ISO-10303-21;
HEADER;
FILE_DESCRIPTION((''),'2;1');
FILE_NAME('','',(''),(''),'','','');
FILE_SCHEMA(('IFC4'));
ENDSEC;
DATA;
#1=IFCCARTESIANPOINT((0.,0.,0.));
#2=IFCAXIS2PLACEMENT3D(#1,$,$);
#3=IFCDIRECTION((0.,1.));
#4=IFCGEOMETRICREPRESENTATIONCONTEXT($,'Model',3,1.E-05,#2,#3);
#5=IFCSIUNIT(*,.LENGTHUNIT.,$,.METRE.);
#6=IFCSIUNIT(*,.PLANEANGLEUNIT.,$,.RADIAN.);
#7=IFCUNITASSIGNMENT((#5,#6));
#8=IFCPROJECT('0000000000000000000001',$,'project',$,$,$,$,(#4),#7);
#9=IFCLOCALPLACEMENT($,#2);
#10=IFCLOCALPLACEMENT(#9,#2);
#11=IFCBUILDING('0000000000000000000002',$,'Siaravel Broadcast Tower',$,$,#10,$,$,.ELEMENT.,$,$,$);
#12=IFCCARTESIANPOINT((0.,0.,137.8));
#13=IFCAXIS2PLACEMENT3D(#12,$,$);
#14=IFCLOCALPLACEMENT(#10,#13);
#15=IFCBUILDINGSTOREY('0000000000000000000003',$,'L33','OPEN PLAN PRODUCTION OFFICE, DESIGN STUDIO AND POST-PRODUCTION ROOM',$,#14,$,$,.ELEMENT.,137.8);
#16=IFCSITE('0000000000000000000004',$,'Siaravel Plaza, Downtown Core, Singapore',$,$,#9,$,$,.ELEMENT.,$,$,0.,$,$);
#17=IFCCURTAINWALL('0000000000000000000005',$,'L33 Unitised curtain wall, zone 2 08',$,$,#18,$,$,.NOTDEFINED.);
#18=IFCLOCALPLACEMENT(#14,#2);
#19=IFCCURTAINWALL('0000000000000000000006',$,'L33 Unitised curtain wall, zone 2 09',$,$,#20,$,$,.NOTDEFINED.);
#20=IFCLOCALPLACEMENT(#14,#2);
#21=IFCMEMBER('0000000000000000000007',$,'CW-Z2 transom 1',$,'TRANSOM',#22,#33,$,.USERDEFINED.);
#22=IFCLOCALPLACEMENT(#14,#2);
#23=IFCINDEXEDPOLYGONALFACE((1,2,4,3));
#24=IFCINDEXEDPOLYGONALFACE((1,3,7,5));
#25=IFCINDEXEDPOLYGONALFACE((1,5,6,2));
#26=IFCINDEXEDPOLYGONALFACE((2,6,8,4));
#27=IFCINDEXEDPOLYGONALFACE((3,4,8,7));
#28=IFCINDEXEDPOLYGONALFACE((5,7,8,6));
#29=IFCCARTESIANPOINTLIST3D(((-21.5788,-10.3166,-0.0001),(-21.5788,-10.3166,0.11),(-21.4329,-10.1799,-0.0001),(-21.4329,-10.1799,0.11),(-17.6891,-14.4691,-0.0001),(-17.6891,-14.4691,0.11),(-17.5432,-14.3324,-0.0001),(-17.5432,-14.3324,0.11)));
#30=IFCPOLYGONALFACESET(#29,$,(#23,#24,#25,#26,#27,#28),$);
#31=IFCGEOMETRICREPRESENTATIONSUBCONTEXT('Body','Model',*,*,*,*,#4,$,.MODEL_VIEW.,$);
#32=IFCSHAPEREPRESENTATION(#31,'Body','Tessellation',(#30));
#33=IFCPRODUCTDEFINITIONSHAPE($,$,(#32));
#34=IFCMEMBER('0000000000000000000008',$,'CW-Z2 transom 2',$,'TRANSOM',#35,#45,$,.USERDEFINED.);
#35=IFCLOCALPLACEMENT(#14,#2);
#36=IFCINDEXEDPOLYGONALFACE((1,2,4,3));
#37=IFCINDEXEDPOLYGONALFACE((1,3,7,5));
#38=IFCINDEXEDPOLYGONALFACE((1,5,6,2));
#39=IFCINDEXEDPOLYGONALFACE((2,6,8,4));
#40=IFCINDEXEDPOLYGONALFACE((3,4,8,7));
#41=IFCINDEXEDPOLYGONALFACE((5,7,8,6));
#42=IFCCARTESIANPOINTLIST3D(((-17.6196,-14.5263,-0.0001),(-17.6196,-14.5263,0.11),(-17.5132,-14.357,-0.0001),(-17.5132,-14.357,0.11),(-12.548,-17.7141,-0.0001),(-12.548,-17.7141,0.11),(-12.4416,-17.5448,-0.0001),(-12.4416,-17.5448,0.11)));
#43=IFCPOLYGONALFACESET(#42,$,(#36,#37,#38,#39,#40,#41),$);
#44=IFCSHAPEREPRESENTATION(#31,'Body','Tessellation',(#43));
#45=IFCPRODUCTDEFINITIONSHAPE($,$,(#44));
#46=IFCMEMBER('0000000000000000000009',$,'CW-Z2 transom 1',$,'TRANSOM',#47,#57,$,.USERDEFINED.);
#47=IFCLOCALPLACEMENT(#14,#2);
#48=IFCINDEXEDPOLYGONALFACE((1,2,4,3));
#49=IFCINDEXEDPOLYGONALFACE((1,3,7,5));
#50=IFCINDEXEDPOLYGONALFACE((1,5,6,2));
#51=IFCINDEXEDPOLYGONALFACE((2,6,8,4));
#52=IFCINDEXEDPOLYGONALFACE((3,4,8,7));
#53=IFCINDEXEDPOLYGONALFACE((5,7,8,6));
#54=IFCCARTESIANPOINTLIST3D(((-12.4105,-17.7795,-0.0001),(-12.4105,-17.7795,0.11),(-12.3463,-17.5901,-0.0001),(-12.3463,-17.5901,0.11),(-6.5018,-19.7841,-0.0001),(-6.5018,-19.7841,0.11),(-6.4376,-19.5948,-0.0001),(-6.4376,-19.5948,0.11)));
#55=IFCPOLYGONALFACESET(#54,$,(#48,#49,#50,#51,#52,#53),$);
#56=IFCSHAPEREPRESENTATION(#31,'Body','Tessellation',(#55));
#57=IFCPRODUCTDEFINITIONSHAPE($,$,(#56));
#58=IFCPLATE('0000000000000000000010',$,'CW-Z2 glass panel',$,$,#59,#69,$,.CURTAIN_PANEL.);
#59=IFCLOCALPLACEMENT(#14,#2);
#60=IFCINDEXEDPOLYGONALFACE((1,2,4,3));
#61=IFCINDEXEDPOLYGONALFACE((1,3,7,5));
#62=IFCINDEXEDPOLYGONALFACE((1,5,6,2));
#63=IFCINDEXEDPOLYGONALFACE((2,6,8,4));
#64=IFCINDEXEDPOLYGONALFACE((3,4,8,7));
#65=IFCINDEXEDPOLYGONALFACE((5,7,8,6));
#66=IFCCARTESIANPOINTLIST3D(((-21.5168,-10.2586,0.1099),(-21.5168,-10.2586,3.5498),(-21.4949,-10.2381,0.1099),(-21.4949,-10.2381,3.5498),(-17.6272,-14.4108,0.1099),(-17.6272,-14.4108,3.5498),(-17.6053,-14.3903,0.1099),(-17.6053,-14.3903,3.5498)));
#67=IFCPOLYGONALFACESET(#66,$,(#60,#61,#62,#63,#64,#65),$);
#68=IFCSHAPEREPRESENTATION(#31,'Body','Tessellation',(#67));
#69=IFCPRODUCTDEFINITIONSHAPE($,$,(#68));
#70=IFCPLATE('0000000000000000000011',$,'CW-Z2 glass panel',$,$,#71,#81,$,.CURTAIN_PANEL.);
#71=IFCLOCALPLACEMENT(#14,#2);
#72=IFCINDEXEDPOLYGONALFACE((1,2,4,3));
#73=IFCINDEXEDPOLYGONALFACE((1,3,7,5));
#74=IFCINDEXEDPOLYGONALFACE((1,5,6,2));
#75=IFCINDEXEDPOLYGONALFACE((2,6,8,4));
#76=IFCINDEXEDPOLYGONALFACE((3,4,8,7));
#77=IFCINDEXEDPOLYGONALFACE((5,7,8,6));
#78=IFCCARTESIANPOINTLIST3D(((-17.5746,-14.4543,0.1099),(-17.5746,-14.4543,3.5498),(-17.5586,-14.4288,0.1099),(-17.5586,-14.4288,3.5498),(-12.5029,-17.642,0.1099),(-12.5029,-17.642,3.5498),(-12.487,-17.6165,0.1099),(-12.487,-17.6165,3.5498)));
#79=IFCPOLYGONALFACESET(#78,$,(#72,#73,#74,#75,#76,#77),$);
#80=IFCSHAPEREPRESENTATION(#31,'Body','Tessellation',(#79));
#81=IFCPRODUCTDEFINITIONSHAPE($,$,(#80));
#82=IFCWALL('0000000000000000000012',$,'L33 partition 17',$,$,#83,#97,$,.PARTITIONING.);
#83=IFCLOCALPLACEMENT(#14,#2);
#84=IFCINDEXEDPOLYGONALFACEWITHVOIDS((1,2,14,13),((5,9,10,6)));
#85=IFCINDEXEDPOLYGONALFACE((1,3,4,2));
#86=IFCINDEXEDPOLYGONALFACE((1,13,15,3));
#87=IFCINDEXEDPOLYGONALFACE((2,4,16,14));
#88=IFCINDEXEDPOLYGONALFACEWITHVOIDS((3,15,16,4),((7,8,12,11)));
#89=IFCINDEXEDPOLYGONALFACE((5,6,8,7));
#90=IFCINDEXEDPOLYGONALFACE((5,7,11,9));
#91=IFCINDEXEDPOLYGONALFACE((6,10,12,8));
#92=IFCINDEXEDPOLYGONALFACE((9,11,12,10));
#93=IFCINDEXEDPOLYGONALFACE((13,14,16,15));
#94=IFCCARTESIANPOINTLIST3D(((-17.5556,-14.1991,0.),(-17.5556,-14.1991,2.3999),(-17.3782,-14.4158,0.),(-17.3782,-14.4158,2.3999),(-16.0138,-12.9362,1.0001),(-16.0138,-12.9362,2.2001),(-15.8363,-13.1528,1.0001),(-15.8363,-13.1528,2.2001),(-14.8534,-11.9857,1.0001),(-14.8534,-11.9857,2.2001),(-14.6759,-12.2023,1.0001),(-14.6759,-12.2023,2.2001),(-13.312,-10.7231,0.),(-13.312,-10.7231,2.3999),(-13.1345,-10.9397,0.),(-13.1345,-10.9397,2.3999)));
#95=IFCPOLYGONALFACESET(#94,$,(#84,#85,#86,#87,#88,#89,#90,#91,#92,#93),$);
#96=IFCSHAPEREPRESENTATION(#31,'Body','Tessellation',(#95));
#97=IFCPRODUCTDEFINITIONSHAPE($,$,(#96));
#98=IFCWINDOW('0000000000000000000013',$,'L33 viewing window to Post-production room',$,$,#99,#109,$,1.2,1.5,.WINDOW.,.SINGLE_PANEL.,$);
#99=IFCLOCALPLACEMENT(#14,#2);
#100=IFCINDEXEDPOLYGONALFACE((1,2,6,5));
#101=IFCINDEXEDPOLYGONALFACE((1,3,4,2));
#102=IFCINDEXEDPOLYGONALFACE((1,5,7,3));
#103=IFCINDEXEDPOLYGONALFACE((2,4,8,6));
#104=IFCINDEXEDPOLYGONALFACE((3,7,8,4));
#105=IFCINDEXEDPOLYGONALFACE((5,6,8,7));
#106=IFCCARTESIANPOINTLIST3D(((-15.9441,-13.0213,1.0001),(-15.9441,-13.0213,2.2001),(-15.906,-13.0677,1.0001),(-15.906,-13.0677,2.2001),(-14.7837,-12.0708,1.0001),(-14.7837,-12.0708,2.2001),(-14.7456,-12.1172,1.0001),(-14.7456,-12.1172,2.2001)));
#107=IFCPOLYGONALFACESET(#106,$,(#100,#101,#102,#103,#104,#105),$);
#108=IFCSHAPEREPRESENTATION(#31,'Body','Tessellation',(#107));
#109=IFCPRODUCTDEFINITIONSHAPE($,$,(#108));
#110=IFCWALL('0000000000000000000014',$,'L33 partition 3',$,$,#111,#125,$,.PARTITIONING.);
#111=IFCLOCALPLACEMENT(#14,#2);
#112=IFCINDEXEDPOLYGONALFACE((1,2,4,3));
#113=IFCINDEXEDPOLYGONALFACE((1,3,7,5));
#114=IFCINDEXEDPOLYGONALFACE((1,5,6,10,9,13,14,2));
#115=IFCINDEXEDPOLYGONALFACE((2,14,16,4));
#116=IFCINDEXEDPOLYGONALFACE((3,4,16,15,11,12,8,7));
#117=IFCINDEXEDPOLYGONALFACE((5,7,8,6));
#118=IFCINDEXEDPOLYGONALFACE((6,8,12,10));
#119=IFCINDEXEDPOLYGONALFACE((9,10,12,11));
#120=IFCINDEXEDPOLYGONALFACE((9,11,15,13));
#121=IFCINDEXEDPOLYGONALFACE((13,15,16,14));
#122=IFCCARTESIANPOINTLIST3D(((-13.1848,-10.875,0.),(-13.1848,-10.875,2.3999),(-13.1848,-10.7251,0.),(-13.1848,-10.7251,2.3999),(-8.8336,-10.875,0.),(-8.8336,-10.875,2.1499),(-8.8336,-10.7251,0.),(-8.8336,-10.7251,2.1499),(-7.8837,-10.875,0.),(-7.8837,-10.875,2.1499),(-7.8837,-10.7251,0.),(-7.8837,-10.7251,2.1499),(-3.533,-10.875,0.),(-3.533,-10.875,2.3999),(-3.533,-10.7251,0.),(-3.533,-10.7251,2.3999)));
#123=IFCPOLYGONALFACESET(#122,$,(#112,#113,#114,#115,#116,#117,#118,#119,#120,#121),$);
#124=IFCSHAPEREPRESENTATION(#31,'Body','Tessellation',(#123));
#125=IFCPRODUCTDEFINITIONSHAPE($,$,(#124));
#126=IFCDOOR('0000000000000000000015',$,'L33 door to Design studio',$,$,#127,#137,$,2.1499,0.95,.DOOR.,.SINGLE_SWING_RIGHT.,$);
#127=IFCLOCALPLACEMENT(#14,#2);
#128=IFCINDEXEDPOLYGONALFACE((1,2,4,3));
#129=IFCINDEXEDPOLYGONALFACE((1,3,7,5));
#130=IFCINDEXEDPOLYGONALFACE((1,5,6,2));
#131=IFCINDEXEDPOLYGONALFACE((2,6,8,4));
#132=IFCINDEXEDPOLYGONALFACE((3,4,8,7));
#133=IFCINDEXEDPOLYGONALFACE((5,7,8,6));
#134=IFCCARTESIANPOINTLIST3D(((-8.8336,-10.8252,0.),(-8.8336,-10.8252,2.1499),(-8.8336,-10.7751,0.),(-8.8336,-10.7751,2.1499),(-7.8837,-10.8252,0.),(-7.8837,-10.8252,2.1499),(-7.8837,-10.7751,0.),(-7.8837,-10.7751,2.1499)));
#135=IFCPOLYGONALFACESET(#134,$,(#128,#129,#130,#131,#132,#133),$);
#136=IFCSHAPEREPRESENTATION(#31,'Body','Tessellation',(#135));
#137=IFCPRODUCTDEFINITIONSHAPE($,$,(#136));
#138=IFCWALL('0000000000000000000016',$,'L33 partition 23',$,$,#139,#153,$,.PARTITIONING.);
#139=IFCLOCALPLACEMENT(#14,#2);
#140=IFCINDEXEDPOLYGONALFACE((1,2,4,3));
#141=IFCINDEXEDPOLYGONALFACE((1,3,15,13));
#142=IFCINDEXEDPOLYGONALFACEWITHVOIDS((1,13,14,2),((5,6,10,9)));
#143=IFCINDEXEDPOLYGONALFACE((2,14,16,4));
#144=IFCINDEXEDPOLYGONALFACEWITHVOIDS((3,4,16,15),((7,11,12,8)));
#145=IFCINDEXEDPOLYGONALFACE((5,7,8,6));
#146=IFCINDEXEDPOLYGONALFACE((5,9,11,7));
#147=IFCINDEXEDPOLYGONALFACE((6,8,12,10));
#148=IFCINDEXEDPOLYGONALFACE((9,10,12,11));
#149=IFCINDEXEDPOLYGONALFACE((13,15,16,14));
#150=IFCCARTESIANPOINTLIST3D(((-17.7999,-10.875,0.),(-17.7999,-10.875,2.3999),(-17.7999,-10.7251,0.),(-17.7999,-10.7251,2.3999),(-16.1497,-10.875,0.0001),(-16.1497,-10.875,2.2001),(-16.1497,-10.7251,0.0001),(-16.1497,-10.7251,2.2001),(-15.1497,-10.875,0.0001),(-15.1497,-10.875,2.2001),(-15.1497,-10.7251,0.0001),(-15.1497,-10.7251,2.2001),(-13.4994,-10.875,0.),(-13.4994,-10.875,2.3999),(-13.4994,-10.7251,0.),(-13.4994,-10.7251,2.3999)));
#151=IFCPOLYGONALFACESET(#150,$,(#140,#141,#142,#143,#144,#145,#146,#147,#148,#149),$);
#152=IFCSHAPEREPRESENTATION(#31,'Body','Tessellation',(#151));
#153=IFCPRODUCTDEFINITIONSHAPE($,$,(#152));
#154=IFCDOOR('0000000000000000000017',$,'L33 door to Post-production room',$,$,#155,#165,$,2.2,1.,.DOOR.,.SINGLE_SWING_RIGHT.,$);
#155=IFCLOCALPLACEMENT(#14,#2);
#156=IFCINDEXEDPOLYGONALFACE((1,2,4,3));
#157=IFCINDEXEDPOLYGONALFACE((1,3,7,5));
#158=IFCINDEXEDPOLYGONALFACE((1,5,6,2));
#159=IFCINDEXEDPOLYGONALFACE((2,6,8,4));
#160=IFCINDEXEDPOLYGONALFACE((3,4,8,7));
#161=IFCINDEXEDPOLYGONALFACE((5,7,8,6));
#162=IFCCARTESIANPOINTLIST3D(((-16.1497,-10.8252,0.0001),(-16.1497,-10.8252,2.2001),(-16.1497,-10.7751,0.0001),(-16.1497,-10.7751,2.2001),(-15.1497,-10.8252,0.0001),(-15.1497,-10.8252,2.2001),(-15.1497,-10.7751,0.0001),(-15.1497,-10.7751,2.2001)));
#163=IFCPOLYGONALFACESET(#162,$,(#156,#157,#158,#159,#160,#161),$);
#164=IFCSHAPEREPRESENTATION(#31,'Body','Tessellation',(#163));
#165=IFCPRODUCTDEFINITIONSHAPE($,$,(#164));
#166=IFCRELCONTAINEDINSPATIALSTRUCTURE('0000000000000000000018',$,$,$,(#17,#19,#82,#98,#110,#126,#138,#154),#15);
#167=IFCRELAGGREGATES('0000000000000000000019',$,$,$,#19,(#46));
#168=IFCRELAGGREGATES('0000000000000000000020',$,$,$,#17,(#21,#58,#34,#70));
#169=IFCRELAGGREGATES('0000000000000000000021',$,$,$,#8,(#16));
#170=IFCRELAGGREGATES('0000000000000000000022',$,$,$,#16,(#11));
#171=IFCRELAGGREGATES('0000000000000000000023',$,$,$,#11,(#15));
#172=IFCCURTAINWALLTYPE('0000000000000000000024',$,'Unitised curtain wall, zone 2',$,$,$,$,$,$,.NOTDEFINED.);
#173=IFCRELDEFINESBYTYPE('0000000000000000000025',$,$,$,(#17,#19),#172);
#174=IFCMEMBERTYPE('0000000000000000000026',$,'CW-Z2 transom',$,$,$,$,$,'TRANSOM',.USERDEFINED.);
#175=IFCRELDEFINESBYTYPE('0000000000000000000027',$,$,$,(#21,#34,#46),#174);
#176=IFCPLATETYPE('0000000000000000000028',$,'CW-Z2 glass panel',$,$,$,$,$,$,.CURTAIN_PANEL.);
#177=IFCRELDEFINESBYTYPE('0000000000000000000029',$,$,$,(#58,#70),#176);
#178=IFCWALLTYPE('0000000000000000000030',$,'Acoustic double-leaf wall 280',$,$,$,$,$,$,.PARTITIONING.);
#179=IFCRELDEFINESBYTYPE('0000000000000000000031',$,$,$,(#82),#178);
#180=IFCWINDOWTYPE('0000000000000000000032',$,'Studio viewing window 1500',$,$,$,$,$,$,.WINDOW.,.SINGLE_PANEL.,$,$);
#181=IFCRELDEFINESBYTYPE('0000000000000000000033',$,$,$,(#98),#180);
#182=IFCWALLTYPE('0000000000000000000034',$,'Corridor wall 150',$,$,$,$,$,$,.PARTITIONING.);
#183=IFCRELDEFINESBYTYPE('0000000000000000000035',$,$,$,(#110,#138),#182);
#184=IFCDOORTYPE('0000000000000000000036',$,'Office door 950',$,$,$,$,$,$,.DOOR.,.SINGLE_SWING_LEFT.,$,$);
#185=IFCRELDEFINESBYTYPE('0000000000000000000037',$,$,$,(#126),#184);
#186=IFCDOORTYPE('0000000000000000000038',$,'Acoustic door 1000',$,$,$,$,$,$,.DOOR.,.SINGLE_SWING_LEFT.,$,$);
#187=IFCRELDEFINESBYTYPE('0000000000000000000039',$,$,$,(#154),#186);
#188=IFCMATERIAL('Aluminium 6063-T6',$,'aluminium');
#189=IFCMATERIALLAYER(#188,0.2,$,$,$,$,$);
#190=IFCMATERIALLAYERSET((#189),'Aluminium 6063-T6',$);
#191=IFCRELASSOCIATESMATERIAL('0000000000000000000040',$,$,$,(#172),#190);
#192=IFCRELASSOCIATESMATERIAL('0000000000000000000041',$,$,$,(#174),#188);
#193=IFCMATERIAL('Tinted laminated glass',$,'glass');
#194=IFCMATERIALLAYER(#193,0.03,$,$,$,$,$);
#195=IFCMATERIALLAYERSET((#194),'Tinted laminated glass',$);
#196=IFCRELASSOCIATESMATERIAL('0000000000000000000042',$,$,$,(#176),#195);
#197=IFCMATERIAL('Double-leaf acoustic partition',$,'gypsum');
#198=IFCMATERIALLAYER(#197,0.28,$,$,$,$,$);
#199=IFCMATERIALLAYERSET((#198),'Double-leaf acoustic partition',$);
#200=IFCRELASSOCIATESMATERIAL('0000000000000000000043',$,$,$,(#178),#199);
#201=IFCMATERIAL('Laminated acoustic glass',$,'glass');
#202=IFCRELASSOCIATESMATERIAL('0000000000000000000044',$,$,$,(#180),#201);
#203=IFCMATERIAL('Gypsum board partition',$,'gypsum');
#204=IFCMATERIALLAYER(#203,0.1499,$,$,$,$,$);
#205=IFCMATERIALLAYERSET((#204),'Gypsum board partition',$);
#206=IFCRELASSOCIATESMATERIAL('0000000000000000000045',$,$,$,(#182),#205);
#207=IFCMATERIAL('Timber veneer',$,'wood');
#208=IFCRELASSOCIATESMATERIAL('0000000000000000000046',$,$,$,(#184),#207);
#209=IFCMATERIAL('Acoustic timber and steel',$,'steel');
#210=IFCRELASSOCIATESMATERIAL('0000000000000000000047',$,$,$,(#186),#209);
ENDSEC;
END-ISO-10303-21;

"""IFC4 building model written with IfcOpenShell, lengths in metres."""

from ifc_helpers import new_model, si_unit, direction, frame, frame_2d, origin, origin_2d, place, context, subcontext, project, spatial, rectangle, extrude, material, layer, layer_set, material_profile, profile_set, type_object, element, fill, aggregate, save


model = new_model("IFC4")

# Units and contexts
model_context = context("Model", 3, precision=1e-05, world=origin(), true_north=direction((0.0, 1.0)))
body_context = subcontext(model_context, "Body", "Model", "MODEL_VIEW")
ifc_project = project(units=[si_unit("LENGTHUNIT", "METRE"), si_unit("PLANEANGLEUNIT", "RADIAN")], contexts=[model_context])

# Site, building, storey
site_placement = place(None, origin())
site = spatial("IfcSite", under=ifc_project, at=site_placement, Name="Siaravel Plaza, Downtown Core, Singapore", CompositionType="ELEMENT", RefElevation=0.0)
building_placement = place(site_placement, origin())
building = spatial("IfcBuilding", under=site, at=building_placement, Name="Siaravel Broadcast Tower", CompositionType="ELEMENT")
storey_placement = place(building_placement, frame((0.0, 0.0, 137.8)))
storey = spatial("IfcBuildingStorey", under=building, at=storey_placement, Name="L33", Description="OPEN PLAN PRODUCTION OFFICE, DESIGN STUDIO AND POST-PRODUCTION ROOM", CompositionType="ELEMENT", Elevation=137.8)

# Curtain wall
ifc_material_1 = material(Name="Aluminium 6063-T6", Category="aluminium")
ifc_layer_1 = layer(ifc_material_1, 0.2)
ifc_layer_set_1 = layer_set([ifc_layer_1], Name="Aluminium 6063-T6")
curtain_wall_type = type_object("IfcCurtainWallType", Name="Unitised curtain wall, zone 2", PredefinedType="NOTDEFINED", material=ifc_layer_set_1)
curtain_wall_1_placement = place(storey_placement, origin())
curtain_wall_1 = element("IfcCurtainWall", 1, at=curtain_wall_1_placement, inside=storey, type_object=curtain_wall_type, Name="L33 Unitised curtain wall, zone 2 08", PredefinedType="NOTDEFINED")

# Curtain wall
curtain_wall_2_placement = place(storey_placement, origin())
curtain_wall_2 = element("IfcCurtainWall", 2, at=curtain_wall_2_placement, inside=storey, type_object=curtain_wall_type, Name="L33 Unitised curtain wall, zone 2 09", PredefinedType="NOTDEFINED")

# Members
ifc_material_profile_1 = material_profile(ifc_material_1, rectangle(XDim=0.2, YDim=0.1101, at=origin_2d()))
ifc_profile_set_1 = profile_set([ifc_material_profile_1], Name="Aluminium 6063-T6")
member_type_1 = type_object("IfcMemberType", Name="CW-Z2 transom", ElementType="TRANSOM", PredefinedType="USERDEFINED", material=ifc_profile_set_1)
member_1_placement = place(storey_placement, frame((-21.5059, -10.2483, 0.0549), z_axis=(0.683644, -0.729815, 0.0), x_axis=(0.729815, 0.683644, 0.0)))
member_1 = element("IfcMember", 3, at=member_1_placement, type_object=member_type_1, Name="CW-Z2 transom 1", ObjectType="TRANSOM", PredefinedType="USERDEFINED", context=body_context, shape_type="SweptSolid", body=[
    extrude(rectangle(XDim=0.2, YDim=0.1101, at=origin_2d()), origin(), (0.0, 0.0, 1.0), 5.6897),
])
member_2_placement = place(storey_placement, frame((-17.5664, -14.4417, 0.0549), z_axis=(0.846642, -0.532162, 0.0), x_axis=(0.532162, 0.846642, 0.0)))
member_2 = element("IfcMember", 4, at=member_2_placement, type_object=member_type_1, Name="CW-Z2 transom 2", ObjectType="TRANSOM", PredefinedType="USERDEFINED", context=body_context, shape_type="SweptSolid", body=[
    extrude(rectangle(XDim=0.2, YDim=0.1101, at=origin_2d()), origin(), (0.0, 0.0, 1.0), 5.9902),
])
member_3_placement = place(storey_placement, frame((-12.3784, -17.6848, 0.0549), z_axis=(0.946983, -0.321283, 0.0), x_axis=(0.321283, 0.946983, 0.0)))
member_3 = element("IfcMember", 5, at=member_3_placement, type_object=member_type_1, Name="CW-Z2 transom 1", ObjectType="TRANSOM", PredefinedType="USERDEFINED", context=body_context, shape_type="SweptSolid", body=[
    extrude(rectangle(XDim=0.2, YDim=0.1101, at=origin_2d()), origin(), (0.0, 0.0, 1.0), 6.2395),
])
aggregate(curtain_wall_2, [member_3])

# Plates
ifc_material_2 = material(Name="Tinted laminated glass", Category="glass")
ifc_layer_2 = layer(ifc_material_2, 0.03)
ifc_layer_set_2 = layer_set([ifc_layer_2], Name="Tinted laminated glass")
plate_type = type_object("IfcPlateType", Name="CW-Z2 glass panel", PredefinedType="CURTAIN_PANEL", material=ifc_layer_set_2)
plate_1_placement = place(storey_placement, frame((-19.561, -12.3245, 0.1099), z_axis=(0.0, 0.0, 1.0), x_axis=(0.683653, -0.729807, 0.0)))
plate_1 = element("IfcPlate", 6, at=plate_1_placement, type_object=plate_type, Name="CW-Z2 glass panel", PredefinedType="CURTAIN_PANEL", context=body_context, shape_type="SweptSolid", body=[
    extrude(rectangle(XDim=5.6895, YDim=0.03, at=origin_2d()), origin(), (0.0, 0.0, 1.0), 3.4399),
])
plate_2_placement = place(storey_placement, frame((-15.0308, -16.0354, 0.1099), z_axis=(0.0, 0.0, 1.0), x_axis=(0.846649, -0.532151, 0.0)))
plate_2 = element("IfcPlate", 7, at=plate_2_placement, type_object=plate_type, Name="CW-Z2 glass panel", PredefinedType="CURTAIN_PANEL", context=body_context, shape_type="SweptSolid", body=[
    extrude(rectangle(XDim=5.9902, YDim=0.03, at=origin_2d()), origin(), (0.0, 0.0, 1.0), 3.4399),
])
aggregate(curtain_wall_1, [member_1, plate_1, member_2, plate_2])

# Wall, opening, window
ifc_material_3 = material(Name="Double-leaf acoustic partition", Category="gypsum")
ifc_layer_3 = layer(ifc_material_3, 0.28)
ifc_layer_set_3 = layer_set([ifc_layer_3], Name="Double-leaf acoustic partition")
wall_type_1 = type_object("IfcWallType", Name="Acoustic double-leaf wall 280", PredefinedType="PARTITIONING", material=ifc_layer_set_3)
wall_1_placement = place(storey_placement, frame((-17.4668, -14.3074, 0.0), z_axis=(0.0, 0.0, 1.0), x_axis=(0.7736, 0.633674, 0.0)))
wall_1 = element("IfcWall", 8, at=wall_1_placement, inside=storey, type_object=wall_type_1, Name="L33 partition 17", PredefinedType="PARTITIONING", context=body_context, shape_type="SweptSolid", body=[
    extrude(rectangle(XDim=5.4856, YDim=0.28, at=frame_2d((2.7427, 0.0))), origin(), (0.0, 0.0, 1.0), 2.3999),
])
opening_1_placement = place(wall_1_placement, frame((1.9929, 0.0, 1.0)))
opening_1 = element("IfcOpeningElement", 9, at=opening_1_placement, cuts=wall_1, PredefinedType="OPENING", context=body_context, shape_type="SweptSolid", body=[
    extrude(rectangle(XDim=1.5, YDim=1.2, at=frame_2d((0.75, 0.6001))), frame((0.0, 0.1499, 0.0), z_axis=(0.0, -1.0, 0.0), x_axis=(1.0, 0.0, 0.0)), (0.0, 0.0, 1.0), 0.3),
])
ifc_material_4 = material(Name="Laminated acoustic glass", Category="glass")
window_type = type_object("IfcWindowType", Name="Studio viewing window 1500", PartitioningType="SINGLE_PANEL", PredefinedType="WINDOW", material=ifc_material_4)
window_placement = place(opening_1_placement, origin())
window = element("IfcWindow", 10, at=window_placement, inside=storey, type_object=window_type, Name="L33 viewing window to Post-production room", OverallHeight=1.2, OverallWidth=1.5, PartitioningType="SINGLE_PANEL", PredefinedType="WINDOW", context=body_context, shape_type="SweptSolid", body=[
    extrude(rectangle(XDim=1.5, YDim=1.2, at=frame_2d((0.75, 0.6001))), frame((0.0, 0.03, 0.0), z_axis=(0.0, -1.0, 0.0), x_axis=(1.0, 0.0, 0.0)), (0.0, 0.0, 1.0), 0.0601),
])
fill(opening_1, window)

# Walls, openings, doors
ifc_material_5 = material(Name="Gypsum board partition", Category="gypsum")
ifc_layer_4 = layer(ifc_material_5, 0.1499)
ifc_layer_set_4 = layer_set([ifc_layer_4], Name="Gypsum board partition")
wall_type_2 = type_object("IfcWallType", Name="Corridor wall 150", PredefinedType="PARTITIONING", material=ifc_layer_set_4)
wall_2_placement = place(storey_placement, frame((-13.1848, -10.8, 0.0), z_axis=(0.0, 0.0, 1.0), x_axis=(1.0, 0.0, 0.0)))
wall_2 = element("IfcWall", 11, at=wall_2_placement, inside=storey, type_object=wall_type_2, Name="L33 partition 3", PredefinedType="PARTITIONING", context=body_context, shape_type="SweptSolid", body=[
    extrude(rectangle(XDim=9.6519, YDim=0.1499, at=frame_2d((4.8259, 0.0))), origin(), (0.0, 0.0, 1.0), 2.3999),
])
opening_2_placement = place(wall_2_placement, frame((4.3511, 0.0, 0.0)))
opening_2 = element("IfcOpeningElement", 12, at=opening_2_placement, cuts=wall_2, PredefinedType="OPENING", context=body_context, shape_type="SweptSolid", body=[
    extrude(rectangle(XDim=0.95, YDim=2.1499, at=frame_2d((0.4751, 1.075))), frame((0.0, 0.085, 0.0), z_axis=(0.0, -1.0, 0.0), x_axis=(1.0, 0.0, 0.0)), (0.0, 0.0, 1.0), 0.1699),
])
ifc_material_6 = material(Name="Timber veneer", Category="wood")
door_type_1 = type_object("IfcDoorType", Name="Office door 950", OperationType="SINGLE_SWING_LEFT", PredefinedType="DOOR", material=ifc_material_6)
door_1_placement = place(opening_2_placement, origin())
door_1 = element("IfcDoor", 13, at=door_1_placement, inside=storey, type_object=door_type_1, Name="L33 door to Design studio", OperationType="SINGLE_SWING_RIGHT", OverallHeight=2.1499, OverallWidth=0.95, PredefinedType="DOOR", context=body_context, shape_type="SweptSolid", body=[
    extrude(rectangle(XDim=0.95, YDim=2.1499, at=frame_2d((0.4751, 1.075))), frame((0.0, 0.0249, 0.0), z_axis=(0.0, -1.0, 0.0), x_axis=(1.0, 0.0, 0.0)), (0.0, 0.0, 1.0), 0.05),
])
fill(opening_2, door_1)
wall_3_placement = place(storey_placement, frame((-17.8, -10.8, 0.0), z_axis=(0.0, 0.0, 1.0), x_axis=(1.0, 0.0, 0.0)))
wall_3 = element("IfcWall", 14, at=wall_3_placement, inside=storey, type_object=wall_type_2, Name="L33 partition 23", PredefinedType="PARTITIONING", context=body_context, shape_type="SweptSolid", body=[
    extrude(rectangle(XDim=4.3005, YDim=0.1499, at=frame_2d((2.1504, 0.0))), origin(), (0.0, 0.0, 1.0), 2.3999),
])
opening_3_placement = place(wall_3_placement, frame((1.6504, 0.0, 0.0)))
opening_3 = element("IfcOpeningElement", 15, at=opening_3_placement, cuts=wall_3, PredefinedType="OPENING", context=body_context, shape_type="SweptSolid", body=[
    extrude(rectangle(XDim=1.0, YDim=2.2, at=frame_2d((0.5, 1.1001))), frame((0.0, 0.085, 0.0), z_axis=(0.0, -1.0, 0.0), x_axis=(1.0, 0.0, 0.0)), (0.0, 0.0, 1.0), 0.1699),
])
ifc_material_7 = material(Name="Acoustic timber and steel", Category="steel")
door_type_2 = type_object("IfcDoorType", Name="Acoustic door 1000", OperationType="SINGLE_SWING_LEFT", PredefinedType="DOOR", material=ifc_material_7)
door_2_placement = place(opening_3_placement, origin())
door_2 = element("IfcDoor", 16, at=door_2_placement, inside=storey, type_object=door_type_2, Name="L33 door to Post-production room", OperationType="SINGLE_SWING_RIGHT", OverallHeight=2.2, OverallWidth=1.0, PredefinedType="DOOR", context=body_context, shape_type="SweptSolid", body=[
    extrude(rectangle(XDim=1.0, YDim=2.2, at=frame_2d((0.5, 1.1001))), frame((0.0, 0.0249, 0.0), z_axis=(0.0, -1.0, 0.0), x_axis=(1.0, 0.0, 0.0)), (0.0, 0.0, 1.0), 0.05),
])
fill(opening_3, door_2)

save(model, "model.ifc")
